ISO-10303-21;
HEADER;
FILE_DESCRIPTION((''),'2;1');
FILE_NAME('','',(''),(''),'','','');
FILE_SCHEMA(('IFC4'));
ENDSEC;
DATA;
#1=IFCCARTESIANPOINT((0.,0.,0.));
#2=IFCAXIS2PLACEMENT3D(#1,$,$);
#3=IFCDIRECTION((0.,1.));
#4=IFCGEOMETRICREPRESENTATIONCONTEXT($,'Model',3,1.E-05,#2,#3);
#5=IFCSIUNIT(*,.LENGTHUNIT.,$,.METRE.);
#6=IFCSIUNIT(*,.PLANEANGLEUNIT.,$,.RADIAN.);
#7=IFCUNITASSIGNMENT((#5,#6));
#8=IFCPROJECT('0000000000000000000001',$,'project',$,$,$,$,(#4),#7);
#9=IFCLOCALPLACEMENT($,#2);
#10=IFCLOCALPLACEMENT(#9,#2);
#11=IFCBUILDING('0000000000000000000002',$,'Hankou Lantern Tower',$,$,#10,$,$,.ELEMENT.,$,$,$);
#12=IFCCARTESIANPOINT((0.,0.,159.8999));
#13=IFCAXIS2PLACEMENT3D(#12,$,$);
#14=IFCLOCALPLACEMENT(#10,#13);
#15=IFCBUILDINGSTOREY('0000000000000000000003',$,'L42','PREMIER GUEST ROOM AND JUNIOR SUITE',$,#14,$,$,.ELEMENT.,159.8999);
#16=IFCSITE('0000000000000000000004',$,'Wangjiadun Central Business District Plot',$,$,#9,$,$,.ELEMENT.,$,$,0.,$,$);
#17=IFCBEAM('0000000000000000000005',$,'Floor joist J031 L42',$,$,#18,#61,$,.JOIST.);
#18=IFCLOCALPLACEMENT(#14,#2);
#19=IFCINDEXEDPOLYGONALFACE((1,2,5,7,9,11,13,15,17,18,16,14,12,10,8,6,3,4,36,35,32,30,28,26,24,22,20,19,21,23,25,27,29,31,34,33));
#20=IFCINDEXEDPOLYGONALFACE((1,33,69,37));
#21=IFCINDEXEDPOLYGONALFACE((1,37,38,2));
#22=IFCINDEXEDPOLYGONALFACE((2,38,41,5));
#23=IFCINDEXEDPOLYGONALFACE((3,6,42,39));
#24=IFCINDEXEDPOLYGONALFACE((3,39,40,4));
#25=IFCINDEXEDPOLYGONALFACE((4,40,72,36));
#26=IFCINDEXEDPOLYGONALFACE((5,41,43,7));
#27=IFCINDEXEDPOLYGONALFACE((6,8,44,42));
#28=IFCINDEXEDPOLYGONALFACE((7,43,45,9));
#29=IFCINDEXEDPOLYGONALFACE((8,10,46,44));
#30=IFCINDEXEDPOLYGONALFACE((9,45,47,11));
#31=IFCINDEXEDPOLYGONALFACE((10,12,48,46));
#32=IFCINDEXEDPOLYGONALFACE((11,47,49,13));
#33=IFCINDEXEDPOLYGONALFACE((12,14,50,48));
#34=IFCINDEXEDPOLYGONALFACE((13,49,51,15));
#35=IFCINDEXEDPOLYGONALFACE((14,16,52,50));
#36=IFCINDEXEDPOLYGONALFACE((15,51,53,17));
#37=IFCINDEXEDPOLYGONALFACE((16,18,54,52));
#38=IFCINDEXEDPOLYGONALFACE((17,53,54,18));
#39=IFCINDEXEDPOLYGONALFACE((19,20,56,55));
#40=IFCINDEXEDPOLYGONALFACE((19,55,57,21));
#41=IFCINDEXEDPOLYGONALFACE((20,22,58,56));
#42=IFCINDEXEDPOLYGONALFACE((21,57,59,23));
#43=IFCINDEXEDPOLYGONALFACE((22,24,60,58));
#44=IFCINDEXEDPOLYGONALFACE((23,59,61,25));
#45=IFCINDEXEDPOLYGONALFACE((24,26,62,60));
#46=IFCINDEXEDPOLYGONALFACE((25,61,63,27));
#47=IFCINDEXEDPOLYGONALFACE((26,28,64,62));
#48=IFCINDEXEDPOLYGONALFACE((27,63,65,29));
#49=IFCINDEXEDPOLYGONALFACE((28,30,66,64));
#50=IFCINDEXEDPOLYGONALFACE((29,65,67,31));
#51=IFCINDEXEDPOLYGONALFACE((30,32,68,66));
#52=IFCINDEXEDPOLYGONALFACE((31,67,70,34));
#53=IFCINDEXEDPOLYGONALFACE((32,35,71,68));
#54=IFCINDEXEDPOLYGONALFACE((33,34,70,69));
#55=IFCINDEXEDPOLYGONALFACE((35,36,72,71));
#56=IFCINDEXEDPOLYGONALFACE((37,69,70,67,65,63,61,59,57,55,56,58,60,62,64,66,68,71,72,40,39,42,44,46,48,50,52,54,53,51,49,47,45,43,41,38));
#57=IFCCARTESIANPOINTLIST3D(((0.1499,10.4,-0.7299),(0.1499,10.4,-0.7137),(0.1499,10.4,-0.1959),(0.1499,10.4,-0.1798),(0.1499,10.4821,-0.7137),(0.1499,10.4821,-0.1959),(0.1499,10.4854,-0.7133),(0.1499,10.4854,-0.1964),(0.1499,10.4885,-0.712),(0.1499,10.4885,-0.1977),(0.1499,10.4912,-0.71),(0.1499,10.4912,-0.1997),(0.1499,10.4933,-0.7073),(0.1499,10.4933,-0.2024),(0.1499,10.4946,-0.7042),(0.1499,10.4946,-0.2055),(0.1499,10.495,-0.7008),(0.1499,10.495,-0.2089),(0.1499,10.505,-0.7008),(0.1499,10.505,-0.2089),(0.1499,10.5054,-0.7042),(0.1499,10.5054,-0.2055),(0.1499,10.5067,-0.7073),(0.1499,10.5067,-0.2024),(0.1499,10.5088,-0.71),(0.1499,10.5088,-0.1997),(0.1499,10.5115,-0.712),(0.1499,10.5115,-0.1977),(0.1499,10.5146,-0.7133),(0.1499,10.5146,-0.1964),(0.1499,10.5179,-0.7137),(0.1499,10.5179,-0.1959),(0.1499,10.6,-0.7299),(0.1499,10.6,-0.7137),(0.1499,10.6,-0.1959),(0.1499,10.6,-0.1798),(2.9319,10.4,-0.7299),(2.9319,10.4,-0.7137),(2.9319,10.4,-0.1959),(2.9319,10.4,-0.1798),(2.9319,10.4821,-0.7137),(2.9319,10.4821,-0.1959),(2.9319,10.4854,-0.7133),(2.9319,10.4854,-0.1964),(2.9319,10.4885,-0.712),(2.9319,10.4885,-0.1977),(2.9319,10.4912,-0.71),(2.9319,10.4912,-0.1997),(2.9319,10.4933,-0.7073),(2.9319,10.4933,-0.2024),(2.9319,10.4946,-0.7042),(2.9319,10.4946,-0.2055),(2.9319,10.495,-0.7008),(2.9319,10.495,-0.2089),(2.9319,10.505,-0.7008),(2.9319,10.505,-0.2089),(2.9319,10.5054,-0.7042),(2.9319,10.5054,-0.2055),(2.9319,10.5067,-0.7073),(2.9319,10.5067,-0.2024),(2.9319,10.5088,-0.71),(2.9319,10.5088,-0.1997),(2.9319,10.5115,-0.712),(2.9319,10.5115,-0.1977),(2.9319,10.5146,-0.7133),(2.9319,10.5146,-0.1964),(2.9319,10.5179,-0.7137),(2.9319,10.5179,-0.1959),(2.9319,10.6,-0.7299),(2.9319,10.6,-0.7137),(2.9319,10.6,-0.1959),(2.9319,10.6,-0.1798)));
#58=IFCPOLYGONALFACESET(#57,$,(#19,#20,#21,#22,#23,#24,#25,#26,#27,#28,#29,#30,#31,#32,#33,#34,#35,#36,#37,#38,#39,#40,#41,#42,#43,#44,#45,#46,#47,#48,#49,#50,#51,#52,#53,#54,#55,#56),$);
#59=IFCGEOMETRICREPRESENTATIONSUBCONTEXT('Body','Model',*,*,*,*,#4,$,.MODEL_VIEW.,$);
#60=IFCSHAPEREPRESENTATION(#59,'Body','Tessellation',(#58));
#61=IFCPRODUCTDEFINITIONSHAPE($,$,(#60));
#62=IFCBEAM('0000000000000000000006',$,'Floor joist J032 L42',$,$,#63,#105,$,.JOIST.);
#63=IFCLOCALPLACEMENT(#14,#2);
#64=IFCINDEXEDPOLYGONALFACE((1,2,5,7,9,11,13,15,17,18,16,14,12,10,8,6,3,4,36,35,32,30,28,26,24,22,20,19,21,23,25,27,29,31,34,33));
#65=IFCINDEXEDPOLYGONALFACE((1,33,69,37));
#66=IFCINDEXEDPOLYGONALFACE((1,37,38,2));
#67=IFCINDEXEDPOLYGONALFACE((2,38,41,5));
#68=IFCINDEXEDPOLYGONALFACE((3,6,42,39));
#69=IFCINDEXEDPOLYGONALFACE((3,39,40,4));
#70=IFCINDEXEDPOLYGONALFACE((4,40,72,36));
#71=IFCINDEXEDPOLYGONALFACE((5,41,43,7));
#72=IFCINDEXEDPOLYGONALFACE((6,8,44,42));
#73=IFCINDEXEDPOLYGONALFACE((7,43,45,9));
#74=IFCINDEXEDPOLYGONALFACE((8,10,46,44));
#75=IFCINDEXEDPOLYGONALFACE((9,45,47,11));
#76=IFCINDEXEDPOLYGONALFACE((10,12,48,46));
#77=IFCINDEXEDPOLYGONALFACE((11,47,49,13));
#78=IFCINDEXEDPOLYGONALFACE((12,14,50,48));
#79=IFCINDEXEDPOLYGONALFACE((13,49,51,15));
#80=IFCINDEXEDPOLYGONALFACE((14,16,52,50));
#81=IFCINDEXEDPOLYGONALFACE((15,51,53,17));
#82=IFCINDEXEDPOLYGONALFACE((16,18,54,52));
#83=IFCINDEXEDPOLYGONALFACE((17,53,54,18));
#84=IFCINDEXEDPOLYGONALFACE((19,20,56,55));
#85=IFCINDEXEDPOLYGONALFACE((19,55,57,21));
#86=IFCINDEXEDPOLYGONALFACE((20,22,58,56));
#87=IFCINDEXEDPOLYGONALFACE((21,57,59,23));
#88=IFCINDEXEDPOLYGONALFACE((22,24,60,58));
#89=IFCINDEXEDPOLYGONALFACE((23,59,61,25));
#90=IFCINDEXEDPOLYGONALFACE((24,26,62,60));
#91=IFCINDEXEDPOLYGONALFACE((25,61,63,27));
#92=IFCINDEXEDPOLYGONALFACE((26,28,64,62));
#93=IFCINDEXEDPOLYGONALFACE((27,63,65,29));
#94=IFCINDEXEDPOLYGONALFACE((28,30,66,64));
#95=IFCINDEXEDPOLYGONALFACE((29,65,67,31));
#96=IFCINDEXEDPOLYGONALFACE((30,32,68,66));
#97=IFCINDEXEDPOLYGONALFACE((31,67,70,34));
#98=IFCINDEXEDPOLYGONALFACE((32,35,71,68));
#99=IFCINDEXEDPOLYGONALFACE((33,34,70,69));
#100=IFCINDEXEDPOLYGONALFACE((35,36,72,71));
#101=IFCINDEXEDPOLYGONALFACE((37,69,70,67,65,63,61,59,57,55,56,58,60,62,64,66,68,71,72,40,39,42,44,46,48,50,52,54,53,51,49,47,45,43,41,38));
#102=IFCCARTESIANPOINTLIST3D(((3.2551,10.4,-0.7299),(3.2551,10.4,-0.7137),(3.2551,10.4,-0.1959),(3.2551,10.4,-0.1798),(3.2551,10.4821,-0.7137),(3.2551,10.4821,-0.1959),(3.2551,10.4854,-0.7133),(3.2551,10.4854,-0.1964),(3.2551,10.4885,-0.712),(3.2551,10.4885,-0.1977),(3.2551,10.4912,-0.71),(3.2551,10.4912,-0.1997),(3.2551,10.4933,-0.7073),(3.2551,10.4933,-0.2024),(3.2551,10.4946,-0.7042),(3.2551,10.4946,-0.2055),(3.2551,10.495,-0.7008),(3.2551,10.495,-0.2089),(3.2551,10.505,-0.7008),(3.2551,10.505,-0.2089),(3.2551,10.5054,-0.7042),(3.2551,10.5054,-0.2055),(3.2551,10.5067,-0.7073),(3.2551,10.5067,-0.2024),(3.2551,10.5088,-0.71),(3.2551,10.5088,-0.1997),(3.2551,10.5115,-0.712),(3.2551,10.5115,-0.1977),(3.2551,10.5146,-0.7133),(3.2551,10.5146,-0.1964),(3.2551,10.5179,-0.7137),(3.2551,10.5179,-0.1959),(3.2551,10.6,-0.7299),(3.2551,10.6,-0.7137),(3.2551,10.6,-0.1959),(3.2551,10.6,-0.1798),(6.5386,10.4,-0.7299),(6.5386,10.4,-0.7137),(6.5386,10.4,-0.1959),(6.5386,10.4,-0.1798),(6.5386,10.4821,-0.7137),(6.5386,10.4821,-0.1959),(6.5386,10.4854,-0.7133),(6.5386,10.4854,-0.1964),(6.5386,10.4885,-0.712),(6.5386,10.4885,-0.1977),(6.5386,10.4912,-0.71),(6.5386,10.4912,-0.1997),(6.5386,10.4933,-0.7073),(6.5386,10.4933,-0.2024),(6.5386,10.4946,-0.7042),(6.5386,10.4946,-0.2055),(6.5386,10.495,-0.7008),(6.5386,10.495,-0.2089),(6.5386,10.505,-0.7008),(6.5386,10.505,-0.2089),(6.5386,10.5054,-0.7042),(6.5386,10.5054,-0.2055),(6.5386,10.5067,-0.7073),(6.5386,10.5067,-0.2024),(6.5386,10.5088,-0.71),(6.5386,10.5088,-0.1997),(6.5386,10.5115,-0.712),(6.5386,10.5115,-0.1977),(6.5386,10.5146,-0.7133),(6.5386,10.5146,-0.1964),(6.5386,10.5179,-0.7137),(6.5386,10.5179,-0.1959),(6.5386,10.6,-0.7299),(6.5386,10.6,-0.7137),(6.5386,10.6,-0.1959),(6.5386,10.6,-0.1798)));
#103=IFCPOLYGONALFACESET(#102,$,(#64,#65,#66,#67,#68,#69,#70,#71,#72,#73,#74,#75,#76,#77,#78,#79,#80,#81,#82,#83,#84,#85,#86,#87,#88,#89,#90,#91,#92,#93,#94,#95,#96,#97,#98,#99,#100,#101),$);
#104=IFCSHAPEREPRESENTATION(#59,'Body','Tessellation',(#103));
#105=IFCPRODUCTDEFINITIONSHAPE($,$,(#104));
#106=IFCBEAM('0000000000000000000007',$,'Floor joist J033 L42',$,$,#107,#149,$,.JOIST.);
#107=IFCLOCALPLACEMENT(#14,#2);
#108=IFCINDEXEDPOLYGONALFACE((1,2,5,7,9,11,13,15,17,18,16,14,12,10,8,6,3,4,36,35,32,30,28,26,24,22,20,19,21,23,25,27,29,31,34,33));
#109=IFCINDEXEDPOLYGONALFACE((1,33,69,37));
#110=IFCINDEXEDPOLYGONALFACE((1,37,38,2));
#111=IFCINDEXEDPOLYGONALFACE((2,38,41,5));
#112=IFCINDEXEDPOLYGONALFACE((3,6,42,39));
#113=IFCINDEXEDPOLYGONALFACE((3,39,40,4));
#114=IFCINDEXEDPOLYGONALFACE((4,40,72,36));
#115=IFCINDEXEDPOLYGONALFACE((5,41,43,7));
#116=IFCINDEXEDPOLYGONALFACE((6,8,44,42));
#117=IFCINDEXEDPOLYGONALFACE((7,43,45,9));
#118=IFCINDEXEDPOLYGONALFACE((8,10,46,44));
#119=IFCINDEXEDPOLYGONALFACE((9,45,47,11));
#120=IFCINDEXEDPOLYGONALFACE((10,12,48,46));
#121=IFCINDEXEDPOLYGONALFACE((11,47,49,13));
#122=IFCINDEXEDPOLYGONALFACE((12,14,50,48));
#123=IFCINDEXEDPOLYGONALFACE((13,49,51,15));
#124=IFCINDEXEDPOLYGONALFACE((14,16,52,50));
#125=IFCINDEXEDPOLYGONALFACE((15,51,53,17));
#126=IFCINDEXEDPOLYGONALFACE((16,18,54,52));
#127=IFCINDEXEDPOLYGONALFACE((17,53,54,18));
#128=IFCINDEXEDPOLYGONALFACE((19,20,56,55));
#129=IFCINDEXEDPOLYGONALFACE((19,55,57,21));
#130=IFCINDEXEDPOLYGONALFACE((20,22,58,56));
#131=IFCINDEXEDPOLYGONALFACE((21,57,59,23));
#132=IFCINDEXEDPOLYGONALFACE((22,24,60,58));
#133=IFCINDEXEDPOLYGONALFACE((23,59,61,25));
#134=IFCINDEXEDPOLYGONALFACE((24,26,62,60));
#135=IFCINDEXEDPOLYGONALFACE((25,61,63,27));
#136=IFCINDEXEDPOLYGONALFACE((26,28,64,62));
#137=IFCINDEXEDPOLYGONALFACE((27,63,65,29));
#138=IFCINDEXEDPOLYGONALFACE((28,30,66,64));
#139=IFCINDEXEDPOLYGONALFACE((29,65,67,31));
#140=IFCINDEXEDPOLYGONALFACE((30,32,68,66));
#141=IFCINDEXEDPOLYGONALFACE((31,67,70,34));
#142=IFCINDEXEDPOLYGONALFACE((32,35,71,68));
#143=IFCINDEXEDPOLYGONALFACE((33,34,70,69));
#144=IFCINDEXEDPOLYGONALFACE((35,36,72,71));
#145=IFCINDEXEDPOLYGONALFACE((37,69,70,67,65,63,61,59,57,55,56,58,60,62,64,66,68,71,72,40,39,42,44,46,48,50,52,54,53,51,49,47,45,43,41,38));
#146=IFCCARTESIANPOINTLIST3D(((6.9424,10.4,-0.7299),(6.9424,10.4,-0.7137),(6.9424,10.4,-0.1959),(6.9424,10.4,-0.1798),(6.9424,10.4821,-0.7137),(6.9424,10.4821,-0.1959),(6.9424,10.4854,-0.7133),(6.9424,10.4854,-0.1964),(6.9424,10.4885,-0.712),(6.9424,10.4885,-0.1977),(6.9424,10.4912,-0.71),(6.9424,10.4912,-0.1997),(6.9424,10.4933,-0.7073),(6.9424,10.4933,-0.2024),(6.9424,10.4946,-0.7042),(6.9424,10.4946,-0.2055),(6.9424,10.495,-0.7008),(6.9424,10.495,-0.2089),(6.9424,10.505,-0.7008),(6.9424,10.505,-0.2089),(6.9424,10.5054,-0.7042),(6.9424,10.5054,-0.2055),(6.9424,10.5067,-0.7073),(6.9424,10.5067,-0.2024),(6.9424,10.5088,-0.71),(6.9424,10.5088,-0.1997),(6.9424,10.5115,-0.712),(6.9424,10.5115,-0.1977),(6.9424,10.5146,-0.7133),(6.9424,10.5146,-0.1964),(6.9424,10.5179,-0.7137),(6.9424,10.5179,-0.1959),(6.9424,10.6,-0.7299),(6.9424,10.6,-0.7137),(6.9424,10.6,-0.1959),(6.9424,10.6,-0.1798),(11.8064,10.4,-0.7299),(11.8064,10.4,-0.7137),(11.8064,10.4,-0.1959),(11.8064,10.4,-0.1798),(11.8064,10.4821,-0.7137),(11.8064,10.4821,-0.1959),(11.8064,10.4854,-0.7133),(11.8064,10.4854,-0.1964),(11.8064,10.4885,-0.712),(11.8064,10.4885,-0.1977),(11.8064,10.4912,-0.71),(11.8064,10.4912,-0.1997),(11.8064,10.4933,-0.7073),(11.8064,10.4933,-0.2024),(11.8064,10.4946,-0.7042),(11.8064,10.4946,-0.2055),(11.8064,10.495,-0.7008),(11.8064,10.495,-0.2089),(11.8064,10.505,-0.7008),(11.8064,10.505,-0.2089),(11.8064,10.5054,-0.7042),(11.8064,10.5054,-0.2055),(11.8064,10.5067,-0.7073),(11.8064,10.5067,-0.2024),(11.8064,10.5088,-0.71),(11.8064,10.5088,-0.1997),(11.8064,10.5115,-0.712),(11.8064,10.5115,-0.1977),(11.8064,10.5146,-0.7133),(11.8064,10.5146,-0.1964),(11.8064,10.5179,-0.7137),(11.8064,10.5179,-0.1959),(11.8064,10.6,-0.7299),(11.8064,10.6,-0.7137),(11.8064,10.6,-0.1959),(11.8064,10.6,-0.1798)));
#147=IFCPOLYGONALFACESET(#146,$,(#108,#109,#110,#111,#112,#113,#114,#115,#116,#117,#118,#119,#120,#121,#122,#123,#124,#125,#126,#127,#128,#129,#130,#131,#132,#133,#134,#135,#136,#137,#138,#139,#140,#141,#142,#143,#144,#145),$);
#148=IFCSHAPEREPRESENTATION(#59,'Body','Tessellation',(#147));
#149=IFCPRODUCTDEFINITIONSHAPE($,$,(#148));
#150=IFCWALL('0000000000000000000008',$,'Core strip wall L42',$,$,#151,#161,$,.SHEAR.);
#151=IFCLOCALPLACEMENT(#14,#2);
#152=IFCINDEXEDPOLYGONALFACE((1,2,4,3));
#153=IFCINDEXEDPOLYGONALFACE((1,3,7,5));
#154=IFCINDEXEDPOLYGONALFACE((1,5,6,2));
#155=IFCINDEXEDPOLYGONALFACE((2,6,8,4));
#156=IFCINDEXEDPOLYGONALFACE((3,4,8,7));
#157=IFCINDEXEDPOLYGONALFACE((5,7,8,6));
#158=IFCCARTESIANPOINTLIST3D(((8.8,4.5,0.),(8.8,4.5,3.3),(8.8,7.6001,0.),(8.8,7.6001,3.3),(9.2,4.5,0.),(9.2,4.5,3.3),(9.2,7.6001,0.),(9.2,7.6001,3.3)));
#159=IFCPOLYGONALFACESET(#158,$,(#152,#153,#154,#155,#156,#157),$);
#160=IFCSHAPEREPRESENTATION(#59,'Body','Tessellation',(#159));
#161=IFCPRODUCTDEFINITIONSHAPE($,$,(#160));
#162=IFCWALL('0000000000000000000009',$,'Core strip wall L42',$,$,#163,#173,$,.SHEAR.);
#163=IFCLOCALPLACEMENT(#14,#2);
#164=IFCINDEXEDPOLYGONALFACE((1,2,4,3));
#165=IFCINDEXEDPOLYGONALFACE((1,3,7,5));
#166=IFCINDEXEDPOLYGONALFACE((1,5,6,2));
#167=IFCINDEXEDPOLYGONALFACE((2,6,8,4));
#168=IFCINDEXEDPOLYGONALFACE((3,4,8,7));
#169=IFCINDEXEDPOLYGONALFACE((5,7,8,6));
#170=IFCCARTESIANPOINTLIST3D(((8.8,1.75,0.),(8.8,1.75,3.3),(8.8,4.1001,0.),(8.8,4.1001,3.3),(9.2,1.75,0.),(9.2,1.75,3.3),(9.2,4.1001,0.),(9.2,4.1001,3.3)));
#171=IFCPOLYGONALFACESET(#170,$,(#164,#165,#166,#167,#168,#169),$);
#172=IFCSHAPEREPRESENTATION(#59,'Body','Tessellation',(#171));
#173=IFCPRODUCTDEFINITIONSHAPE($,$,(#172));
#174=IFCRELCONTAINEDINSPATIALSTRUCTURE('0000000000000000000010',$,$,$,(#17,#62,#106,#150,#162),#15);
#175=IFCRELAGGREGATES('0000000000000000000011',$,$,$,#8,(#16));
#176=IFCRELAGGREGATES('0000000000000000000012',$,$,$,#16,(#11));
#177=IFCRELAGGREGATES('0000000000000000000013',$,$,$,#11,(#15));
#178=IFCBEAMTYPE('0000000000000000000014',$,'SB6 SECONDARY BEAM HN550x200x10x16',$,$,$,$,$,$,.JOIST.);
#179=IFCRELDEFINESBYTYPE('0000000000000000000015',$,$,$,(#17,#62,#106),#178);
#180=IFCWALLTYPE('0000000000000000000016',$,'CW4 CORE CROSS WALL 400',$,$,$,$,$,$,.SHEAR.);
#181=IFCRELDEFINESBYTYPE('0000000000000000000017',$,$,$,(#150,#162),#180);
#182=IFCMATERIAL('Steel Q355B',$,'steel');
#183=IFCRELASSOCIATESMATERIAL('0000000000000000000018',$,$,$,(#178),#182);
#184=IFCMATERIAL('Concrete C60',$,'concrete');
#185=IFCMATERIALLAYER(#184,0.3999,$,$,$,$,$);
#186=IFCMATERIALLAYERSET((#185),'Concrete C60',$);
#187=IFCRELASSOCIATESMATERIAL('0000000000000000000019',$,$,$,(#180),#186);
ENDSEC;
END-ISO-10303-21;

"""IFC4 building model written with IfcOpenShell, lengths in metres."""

from ifc_helpers import new_model, si_unit, direction, frame, frame_2d, origin, origin_2d, place, context, subcontext, project, spatial, rectangle, i_section, extrude, material, layer, layer_set, material_profile, profile_set, type_object, element, save


model = new_model("IFC4")

# Units and contexts
model_context = context("Model", 3, precision=1e-05, world=origin(), true_north=direction((0.0, 1.0)))
body_context = subcontext(model_context, "Body", "Model", "MODEL_VIEW")
ifc_project = project(units=[si_unit("LENGTHUNIT", "METRE"), si_unit("PLANEANGLEUNIT", "RADIAN")], contexts=[model_context])

# Site, building, storey
site_placement = place(None, origin())
site = spatial("IfcSite", under=ifc_project, at=site_placement, Name="Wangjiadun Central Business District Plot", CompositionType="ELEMENT", RefElevation=0.0)
building_placement = place(site_placement, origin())
building = spatial("IfcBuilding", under=site, at=building_placement, Name="Hankou Lantern Tower", CompositionType="ELEMENT")
storey_placement = place(building_placement, frame((0.0, 0.0, 159.8999)))
storey = spatial("IfcBuildingStorey", under=building, at=storey_placement, Name="L42", Description="PREMIER GUEST ROOM AND JUNIOR SUITE", CompositionType="ELEMENT", Elevation=159.8999)

# Beams
ifc_material_1 = material(Name="Steel Q355B", Category="steel")
ifc_material_profile_1 = material_profile(ifc_material_1, i_section(OverallWidth=0.2, OverallDepth=0.55, WebThickness=0.01, FlangeThickness=0.0161, FilletRadius=0.0129, at=origin_2d()), Name="HN550x200x10x16")
ifc_profile_set_1 = profile_set([ifc_material_profile_1], Name="Steel Q355B")
beam_type_1 = type_object("IfcBeamType", Name="SB6 SECONDARY BEAM HN550x200x10x16", PredefinedType="JOIST", material=ifc_profile_set_1)
beam_1_placement = place(storey_placement, frame((0.1499, 10.5, -0.4548), z_axis=(1.0, 0.0, 0.0), x_axis=(0.0, 1.0, 0.0)))
element("IfcBeam", 1, at=beam_1_placement, inside=storey, type_object=beam_type_1, Name="Floor joist J031 L42", PredefinedType="JOIST", context=body_context, shape_type="SweptSolid", body=[
    extrude(i_section(OverallWidth=0.2, OverallDepth=0.55, WebThickness=0.01, FlangeThickness=0.0161, FilletRadius=0.0129, at=origin_2d()), origin(), (0.0, 0.0, 1.0), 2.782),
])
beam_2_placement = place(storey_placement, frame((3.2551, 10.5, -0.4548), z_axis=(1.0, 0.0, 0.0), x_axis=(0.0, 1.0, 0.0)))
element("IfcBeam", 2, at=beam_2_placement, inside=storey, type_object=beam_type_1, Name="Floor joist J032 L42", PredefinedType="JOIST", context=body_context, shape_type="SweptSolid", body=[
    extrude(i_section(OverallWidth=0.2, OverallDepth=0.55, WebThickness=0.01, FlangeThickness=0.0161, FilletRadius=0.0129, at=origin_2d()), origin(), (0.0, 0.0, 1.0), 3.2834),
])
beam_3_placement = place(storey_placement, frame((6.9424, 10.5, -0.4548), z_axis=(1.0, 0.0, 0.0), x_axis=(0.0, 1.0, 0.0)))
element("IfcBeam", 3, at=beam_3_placement, inside=storey, type_object=beam_type_1, Name="Floor joist J033 L42", PredefinedType="JOIST", context=body_context, shape_type="SweptSolid", body=[
    extrude(i_section(OverallWidth=0.2, OverallDepth=0.55, WebThickness=0.01, FlangeThickness=0.0161, FilletRadius=0.0129, at=origin_2d()), origin(), (0.0, 0.0, 1.0), 4.864),
])

# Walls
ifc_material_2 = material(Name="Concrete C60", Category="concrete")
ifc_layer_1 = layer(ifc_material_2, 0.3999)
ifc_layer_set_1 = layer_set([ifc_layer_1], Name="Concrete C60")
wall_type_1 = type_object("IfcWallType", Name="CW4 CORE CROSS WALL 400", PredefinedType="SHEAR", material=ifc_layer_set_1)
wall_1_placement = place(storey_placement, frame((9.0, 4.5, 0.0), z_axis=(0.0, 0.0, 1.0), x_axis=(0.0, 1.0, 0.0)))
element("IfcWall", 4, at=wall_1_placement, inside=storey, type_object=wall_type_1, Name="Core strip wall L42", PredefinedType="SHEAR", context=body_context, shape_type="SweptSolid", body=[
    extrude(rectangle(XDim=3.1001, YDim=0.3999, at=frame_2d((1.55, 0.0))), origin(), (0.0, 0.0, 1.0), 3.3),
])
wall_2_placement = place(storey_placement, frame((9.0, 1.75, 0.0), z_axis=(0.0, 0.0, 1.0), x_axis=(0.0, 1.0, 0.0)))
element("IfcWall", 5, at=wall_2_placement, inside=storey, type_object=wall_type_1, Name="Core strip wall L42", PredefinedType="SHEAR", context=body_context, shape_type="SweptSolid", body=[
    extrude(rectangle(XDim=2.3501, YDim=0.3999, at=frame_2d((1.175, 0.0))), origin(), (0.0, 0.0, 1.0), 3.3),
])

save(model, "model.ifc")
